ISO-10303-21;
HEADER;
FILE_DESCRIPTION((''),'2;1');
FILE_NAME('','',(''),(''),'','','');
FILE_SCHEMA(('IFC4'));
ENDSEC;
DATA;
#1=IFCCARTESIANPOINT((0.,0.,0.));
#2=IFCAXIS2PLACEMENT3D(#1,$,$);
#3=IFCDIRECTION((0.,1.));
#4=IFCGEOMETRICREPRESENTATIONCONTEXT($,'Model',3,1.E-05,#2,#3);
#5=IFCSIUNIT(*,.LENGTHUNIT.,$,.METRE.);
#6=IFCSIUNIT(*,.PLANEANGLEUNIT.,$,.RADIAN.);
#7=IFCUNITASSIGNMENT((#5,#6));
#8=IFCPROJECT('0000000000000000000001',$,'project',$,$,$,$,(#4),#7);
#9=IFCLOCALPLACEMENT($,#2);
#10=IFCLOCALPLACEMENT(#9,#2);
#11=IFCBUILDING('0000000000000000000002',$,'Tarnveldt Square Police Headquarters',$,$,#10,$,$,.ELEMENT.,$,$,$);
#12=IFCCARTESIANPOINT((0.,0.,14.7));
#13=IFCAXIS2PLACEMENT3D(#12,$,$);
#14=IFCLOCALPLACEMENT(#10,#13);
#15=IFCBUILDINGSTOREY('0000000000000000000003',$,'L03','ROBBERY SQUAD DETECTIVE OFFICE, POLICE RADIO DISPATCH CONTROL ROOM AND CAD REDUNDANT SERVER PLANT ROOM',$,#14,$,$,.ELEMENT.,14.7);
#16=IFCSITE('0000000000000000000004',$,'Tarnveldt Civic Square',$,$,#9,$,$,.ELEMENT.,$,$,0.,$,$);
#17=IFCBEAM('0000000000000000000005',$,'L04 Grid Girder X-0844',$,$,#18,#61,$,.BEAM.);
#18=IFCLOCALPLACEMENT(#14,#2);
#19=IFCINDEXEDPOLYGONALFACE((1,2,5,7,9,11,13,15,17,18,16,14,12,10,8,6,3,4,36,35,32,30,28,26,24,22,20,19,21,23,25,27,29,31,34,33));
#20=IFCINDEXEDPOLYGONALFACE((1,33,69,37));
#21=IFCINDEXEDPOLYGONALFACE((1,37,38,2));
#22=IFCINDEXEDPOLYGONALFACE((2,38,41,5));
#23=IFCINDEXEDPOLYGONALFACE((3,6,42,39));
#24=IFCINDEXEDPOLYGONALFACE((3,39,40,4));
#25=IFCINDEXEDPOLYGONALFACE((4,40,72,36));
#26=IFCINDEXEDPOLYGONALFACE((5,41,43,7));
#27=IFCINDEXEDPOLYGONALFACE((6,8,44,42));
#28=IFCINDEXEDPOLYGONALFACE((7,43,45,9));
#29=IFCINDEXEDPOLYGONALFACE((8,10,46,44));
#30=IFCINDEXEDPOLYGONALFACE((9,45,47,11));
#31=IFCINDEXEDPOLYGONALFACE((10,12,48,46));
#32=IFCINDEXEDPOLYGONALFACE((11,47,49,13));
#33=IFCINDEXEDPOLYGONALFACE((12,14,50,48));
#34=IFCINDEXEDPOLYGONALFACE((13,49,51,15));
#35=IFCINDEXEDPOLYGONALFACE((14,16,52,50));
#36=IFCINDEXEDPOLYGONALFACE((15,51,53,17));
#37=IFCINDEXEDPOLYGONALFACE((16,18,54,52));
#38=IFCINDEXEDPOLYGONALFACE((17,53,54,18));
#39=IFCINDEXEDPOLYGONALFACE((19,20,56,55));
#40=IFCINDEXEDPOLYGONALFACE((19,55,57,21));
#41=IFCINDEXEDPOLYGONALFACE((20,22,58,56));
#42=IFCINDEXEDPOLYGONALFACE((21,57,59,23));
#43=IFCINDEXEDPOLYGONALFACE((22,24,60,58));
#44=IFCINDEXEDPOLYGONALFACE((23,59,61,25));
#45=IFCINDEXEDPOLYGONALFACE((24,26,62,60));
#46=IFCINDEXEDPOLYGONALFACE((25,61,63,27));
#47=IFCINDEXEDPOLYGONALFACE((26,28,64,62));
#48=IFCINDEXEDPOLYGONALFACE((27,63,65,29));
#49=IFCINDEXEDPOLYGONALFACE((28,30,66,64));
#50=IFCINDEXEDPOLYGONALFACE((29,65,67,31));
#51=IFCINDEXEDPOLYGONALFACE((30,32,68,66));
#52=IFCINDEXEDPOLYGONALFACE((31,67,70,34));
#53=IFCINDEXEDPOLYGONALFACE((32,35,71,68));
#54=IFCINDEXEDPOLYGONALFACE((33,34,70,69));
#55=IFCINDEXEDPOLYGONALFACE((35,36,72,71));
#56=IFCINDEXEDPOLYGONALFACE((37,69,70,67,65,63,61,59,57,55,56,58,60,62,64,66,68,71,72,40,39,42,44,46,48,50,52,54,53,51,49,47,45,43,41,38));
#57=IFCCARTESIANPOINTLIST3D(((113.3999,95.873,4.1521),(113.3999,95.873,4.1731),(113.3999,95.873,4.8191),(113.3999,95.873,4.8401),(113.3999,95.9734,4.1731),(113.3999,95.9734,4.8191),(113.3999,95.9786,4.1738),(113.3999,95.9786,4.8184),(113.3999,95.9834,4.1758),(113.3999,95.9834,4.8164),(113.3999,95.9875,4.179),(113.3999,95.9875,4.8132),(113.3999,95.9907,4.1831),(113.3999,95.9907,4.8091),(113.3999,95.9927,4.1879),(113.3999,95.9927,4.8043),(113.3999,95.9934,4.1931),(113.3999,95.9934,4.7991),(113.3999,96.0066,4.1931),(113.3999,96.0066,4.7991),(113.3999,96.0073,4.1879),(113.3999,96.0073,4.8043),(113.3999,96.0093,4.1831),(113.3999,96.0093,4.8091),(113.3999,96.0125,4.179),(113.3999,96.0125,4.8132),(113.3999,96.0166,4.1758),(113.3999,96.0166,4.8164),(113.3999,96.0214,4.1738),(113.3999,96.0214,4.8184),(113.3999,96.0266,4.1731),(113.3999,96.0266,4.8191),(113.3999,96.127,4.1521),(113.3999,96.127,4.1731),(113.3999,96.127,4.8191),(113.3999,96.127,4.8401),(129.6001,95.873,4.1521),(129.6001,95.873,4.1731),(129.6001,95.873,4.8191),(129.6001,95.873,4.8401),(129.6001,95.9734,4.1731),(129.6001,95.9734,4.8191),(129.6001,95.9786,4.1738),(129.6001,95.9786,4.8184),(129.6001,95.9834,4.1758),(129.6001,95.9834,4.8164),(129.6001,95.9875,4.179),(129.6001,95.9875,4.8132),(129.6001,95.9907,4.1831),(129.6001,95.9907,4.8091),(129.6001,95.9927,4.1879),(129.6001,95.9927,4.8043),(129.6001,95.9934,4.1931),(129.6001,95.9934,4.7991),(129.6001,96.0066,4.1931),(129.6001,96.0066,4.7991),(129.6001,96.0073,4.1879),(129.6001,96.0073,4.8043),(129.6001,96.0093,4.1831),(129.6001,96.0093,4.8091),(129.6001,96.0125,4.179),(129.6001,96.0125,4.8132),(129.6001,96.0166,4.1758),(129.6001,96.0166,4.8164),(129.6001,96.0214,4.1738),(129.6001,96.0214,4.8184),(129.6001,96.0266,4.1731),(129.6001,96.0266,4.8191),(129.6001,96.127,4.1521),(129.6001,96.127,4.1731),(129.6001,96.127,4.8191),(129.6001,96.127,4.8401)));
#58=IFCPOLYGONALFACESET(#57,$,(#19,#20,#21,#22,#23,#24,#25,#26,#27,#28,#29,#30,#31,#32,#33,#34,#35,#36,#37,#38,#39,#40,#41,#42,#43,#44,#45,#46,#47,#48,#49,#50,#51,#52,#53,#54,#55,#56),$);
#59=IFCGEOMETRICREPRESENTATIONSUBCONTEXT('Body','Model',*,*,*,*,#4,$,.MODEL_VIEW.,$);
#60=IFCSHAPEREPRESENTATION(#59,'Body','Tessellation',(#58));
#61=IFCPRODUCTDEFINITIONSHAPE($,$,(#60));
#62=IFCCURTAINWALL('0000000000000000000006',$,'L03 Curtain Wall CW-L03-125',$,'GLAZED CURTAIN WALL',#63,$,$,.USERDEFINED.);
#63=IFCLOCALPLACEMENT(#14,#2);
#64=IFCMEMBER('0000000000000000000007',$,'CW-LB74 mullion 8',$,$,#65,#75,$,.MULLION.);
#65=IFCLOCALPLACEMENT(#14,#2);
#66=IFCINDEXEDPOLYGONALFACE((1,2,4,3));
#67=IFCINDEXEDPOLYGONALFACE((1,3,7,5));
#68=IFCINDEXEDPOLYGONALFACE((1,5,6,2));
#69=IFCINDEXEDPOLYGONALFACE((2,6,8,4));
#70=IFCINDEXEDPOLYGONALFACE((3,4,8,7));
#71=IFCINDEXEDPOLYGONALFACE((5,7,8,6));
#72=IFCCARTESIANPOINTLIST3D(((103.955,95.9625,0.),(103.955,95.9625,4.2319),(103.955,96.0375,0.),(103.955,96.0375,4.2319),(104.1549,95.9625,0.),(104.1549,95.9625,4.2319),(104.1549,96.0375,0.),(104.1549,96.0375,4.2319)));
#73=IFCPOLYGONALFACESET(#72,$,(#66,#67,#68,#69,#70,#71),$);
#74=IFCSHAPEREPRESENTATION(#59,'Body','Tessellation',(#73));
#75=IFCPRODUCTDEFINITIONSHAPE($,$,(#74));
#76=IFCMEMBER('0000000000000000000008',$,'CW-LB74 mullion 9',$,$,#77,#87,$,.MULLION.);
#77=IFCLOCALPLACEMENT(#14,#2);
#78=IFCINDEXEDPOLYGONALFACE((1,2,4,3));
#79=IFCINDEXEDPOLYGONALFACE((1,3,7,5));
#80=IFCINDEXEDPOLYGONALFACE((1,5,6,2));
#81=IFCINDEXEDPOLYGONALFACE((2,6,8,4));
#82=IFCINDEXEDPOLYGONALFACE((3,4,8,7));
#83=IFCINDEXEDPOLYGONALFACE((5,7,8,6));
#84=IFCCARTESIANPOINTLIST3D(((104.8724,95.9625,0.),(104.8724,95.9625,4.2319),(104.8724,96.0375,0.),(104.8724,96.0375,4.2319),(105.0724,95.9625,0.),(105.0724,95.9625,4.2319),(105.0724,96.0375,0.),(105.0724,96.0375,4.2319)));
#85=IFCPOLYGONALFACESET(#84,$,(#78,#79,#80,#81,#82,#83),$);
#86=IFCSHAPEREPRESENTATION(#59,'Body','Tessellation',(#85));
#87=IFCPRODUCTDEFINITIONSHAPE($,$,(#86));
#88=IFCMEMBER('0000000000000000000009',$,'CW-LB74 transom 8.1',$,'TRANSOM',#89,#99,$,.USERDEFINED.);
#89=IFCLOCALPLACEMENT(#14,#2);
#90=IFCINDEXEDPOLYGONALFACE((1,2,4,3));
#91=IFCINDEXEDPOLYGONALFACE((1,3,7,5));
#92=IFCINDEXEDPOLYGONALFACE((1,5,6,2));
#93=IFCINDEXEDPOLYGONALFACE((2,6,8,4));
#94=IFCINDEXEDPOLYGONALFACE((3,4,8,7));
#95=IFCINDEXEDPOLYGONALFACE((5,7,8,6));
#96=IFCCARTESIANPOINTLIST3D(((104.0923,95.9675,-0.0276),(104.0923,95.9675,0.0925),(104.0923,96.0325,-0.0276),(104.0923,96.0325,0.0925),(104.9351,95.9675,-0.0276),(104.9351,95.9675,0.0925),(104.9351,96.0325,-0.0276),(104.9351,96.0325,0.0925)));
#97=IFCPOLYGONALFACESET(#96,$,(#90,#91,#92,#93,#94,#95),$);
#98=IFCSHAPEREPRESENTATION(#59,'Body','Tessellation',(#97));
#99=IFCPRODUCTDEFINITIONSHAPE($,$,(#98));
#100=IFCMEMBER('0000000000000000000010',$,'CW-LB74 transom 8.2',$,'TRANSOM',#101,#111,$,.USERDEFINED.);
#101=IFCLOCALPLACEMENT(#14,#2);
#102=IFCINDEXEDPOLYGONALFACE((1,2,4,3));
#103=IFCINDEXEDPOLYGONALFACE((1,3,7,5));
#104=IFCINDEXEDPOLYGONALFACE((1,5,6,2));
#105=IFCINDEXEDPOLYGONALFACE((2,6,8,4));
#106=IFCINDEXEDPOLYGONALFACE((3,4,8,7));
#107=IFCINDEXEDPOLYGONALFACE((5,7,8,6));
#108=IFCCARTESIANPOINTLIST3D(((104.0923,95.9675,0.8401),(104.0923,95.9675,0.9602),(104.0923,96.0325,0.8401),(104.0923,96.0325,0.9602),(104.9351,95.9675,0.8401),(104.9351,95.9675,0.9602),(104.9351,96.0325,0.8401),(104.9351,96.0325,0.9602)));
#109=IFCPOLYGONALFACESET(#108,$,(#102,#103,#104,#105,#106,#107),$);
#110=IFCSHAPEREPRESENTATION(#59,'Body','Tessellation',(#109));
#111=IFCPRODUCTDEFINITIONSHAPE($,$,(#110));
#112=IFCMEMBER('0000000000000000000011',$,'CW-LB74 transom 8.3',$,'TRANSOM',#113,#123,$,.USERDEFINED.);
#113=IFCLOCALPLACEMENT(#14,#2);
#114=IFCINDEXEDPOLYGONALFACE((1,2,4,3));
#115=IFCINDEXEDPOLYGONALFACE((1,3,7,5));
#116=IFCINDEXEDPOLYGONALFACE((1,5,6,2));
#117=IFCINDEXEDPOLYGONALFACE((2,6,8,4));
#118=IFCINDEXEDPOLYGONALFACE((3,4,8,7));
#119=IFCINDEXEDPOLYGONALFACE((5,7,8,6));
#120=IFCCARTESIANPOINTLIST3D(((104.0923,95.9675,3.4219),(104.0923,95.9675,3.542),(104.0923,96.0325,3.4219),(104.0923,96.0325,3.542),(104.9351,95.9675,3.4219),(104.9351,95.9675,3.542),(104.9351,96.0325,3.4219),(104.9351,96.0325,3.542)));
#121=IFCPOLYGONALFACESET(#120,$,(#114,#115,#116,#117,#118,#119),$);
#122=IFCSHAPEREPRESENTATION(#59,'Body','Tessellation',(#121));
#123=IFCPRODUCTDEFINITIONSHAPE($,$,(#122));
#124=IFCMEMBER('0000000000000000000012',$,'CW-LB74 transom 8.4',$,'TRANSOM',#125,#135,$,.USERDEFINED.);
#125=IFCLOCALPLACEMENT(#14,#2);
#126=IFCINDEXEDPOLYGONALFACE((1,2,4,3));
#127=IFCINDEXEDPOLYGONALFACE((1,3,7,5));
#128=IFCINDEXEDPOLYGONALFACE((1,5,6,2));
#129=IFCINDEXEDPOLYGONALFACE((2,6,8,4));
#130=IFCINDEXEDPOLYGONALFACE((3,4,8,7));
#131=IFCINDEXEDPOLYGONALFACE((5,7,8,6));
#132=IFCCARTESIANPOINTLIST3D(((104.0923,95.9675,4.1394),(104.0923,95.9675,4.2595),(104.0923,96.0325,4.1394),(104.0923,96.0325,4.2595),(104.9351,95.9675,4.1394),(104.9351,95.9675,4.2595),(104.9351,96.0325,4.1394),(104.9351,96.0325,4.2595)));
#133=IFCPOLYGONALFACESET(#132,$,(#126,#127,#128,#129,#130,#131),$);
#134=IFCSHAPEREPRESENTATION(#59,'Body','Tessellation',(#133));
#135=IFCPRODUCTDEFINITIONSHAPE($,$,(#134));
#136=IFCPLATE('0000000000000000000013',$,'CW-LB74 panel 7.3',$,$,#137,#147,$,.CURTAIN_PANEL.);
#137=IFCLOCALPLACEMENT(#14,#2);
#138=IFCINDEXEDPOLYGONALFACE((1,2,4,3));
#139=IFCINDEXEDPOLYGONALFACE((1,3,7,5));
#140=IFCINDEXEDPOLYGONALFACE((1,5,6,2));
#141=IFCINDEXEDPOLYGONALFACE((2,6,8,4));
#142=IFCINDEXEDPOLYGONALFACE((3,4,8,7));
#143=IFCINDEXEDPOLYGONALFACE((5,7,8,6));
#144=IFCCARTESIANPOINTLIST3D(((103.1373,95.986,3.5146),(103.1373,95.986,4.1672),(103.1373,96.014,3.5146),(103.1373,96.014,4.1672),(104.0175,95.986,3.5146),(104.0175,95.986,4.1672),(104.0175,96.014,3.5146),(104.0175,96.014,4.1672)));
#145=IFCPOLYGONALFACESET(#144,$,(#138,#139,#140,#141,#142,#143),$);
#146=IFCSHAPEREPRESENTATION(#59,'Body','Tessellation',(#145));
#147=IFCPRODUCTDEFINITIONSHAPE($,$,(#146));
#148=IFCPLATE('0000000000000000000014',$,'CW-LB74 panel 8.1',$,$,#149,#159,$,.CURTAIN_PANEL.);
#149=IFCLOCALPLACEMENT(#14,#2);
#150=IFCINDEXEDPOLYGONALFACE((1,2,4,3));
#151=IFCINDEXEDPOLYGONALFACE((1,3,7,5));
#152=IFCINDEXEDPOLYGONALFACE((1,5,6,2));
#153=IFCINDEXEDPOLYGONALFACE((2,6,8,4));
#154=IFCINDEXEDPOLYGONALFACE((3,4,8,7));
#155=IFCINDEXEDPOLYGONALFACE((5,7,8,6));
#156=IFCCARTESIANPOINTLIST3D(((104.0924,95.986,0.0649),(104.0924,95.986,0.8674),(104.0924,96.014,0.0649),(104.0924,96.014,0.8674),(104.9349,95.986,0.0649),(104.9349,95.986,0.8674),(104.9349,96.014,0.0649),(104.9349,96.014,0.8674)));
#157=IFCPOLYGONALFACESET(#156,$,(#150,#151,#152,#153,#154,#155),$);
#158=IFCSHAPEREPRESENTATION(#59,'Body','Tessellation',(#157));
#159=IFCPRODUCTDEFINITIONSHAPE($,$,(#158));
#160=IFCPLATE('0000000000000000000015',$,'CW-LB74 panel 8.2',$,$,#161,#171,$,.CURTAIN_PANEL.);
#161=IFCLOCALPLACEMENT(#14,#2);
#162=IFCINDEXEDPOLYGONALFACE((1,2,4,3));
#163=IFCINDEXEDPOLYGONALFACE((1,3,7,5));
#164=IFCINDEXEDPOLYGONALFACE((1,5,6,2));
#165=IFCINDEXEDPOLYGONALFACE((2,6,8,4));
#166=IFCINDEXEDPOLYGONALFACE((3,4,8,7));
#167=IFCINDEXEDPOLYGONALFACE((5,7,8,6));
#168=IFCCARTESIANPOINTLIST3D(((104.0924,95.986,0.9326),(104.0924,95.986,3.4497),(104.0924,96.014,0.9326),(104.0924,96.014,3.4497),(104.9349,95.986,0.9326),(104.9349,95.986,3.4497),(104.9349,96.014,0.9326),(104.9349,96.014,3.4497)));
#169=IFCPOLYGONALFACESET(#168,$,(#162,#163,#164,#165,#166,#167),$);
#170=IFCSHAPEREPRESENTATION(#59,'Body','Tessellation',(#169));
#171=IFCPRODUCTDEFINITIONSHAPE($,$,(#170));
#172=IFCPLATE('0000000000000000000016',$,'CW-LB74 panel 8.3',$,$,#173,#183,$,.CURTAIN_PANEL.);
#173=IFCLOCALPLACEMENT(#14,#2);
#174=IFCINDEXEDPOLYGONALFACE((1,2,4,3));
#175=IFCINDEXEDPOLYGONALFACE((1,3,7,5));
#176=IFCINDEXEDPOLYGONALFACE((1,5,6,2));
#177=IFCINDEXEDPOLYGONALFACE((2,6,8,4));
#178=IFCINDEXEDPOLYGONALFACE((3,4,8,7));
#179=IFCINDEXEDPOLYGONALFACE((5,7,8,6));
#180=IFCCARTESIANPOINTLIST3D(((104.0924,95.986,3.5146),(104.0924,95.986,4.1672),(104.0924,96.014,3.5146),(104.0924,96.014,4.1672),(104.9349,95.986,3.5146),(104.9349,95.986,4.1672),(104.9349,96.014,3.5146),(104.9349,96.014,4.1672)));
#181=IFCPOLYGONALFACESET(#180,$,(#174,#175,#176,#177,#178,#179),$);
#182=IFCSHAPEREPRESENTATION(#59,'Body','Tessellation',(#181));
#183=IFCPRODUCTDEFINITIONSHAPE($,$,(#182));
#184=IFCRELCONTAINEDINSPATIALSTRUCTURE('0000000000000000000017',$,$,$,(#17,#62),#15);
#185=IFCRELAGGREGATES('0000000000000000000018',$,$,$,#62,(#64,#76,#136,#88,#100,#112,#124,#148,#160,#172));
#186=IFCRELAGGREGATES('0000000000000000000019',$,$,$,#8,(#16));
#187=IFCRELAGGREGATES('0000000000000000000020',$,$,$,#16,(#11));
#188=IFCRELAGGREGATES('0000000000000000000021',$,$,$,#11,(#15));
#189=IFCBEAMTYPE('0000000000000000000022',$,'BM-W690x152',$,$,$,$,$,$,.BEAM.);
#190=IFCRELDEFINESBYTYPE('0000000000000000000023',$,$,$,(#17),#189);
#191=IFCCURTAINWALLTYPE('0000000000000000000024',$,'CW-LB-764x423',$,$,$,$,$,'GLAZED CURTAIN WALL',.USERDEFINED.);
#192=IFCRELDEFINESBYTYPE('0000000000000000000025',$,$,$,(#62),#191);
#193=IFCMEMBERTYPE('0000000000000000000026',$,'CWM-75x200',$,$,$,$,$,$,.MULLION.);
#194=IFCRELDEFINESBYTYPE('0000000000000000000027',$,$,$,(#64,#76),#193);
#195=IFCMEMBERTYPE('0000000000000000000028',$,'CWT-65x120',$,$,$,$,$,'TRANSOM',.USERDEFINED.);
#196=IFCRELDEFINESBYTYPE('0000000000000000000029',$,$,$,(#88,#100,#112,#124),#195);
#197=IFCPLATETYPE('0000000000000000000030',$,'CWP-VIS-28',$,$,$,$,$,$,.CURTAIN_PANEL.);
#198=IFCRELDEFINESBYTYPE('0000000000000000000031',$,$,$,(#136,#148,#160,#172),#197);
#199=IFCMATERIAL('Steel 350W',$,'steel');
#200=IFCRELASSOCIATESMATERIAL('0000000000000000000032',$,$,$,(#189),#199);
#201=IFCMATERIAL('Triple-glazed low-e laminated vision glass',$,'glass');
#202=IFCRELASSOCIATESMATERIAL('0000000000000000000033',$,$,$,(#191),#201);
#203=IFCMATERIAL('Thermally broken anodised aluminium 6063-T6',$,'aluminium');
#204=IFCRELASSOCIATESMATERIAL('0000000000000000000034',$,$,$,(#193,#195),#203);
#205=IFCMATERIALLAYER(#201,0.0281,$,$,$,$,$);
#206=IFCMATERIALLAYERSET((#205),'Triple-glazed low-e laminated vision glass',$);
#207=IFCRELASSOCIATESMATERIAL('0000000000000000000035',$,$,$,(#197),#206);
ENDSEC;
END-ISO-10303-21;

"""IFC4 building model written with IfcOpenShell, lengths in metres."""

from ifc_helpers import new_model, si_unit, direction, frame, origin, origin_2d, place, context, subcontext, project, spatial, rectangle, i_section, extrude, material, layer, layer_set, material_profile, profile_set, type_object, element, aggregate, save


model = new_model("IFC4")

# Units and contexts
model_context = context("Model", 3, precision=1e-05, world=origin(), true_north=direction((0.0, 1.0)))
body_context = subcontext(model_context, "Body", "Model", "MODEL_VIEW")
ifc_project = project(units=[si_unit("LENGTHUNIT", "METRE"), si_unit("PLANEANGLEUNIT", "RADIAN")], contexts=[model_context])

# Site, building, storey
site_placement = place(None, origin())
site = spatial("IfcSite", under=ifc_project, at=site_placement, Name="Tarnveldt Civic Square", CompositionType="ELEMENT", RefElevation=0.0)
building_placement = place(site_placement, origin())
building = spatial("IfcBuilding", under=site, at=building_placement, Name="Tarnveldt Square Police Headquarters", CompositionType="ELEMENT")
storey_placement = place(building_placement, frame((0.0, 0.0, 14.7)))
storey = spatial("IfcBuildingStorey", under=building, at=storey_placement, Name="L03", Description="ROBBERY SQUAD DETECTIVE OFFICE, POLICE RADIO DISPATCH CONTROL ROOM AND CAD REDUNDANT SERVER PLANT ROOM", CompositionType="ELEMENT", Elevation=14.7)

# Shared definitions
ifc_material_1 = material(Name="Steel 350W", Category="steel")

# Beam
ifc_material_profile_1 = material_profile(ifc_material_1, i_section(OverallWidth=0.2539, OverallDepth=0.688, WebThickness=0.0132, FlangeThickness=0.021, FilletRadius=0.02, at=origin_2d()), Name="W690x152")
ifc_profile_set_1 = profile_set([ifc_material_profile_1], Name="Steel 350W")
beam_type_1 = type_object("IfcBeamType", Name="BM-W690x152", PredefinedType="BEAM", material=ifc_profile_set_1)
beam_1_placement = place(storey_placement, frame((113.3999, 96.0, 4.4961), z_axis=(1.0, 0.0, 0.0), x_axis=(0.0, 1.0, 0.0)))
element("IfcBeam", 1, at=beam_1_placement, inside=storey, type_object=beam_type_1, Name="L04 Grid Girder X-0844", PredefinedType="BEAM", context=body_context, shape_type="SweptSolid", body=[
    extrude(i_section(OverallWidth=0.2539, OverallDepth=0.688, WebThickness=0.0132, FlangeThickness=0.021, FilletRadius=0.02, at=origin_2d()), origin(), (0.0, 0.0, 1.0), 16.2002),
])

# Curtain wall, members, plates
ifc_material_2 = material(Name="Triple-glazed low-e laminated vision glass", Category="glass")
curtain_wall_type = type_object("IfcCurtainWallType", Name="CW-LB-764x423", ElementType="GLAZED CURTAIN WALL", PredefinedType="USERDEFINED", material=ifc_material_2)
curtain_wall_placement = place(storey_placement, origin())
curtain_wall = element("IfcCurtainWall", 2, at=curtain_wall_placement, inside=storey, type_object=curtain_wall_type, Name="L03 Curtain Wall CW-L03-125", ObjectType="GLAZED CURTAIN WALL", PredefinedType="USERDEFINED")
ifc_material_3 = material(Name="Thermally broken anodised aluminium 6063-T6", Category="aluminium")
ifc_material_profile_2 = material_profile(ifc_material_3, rectangle(XDim=0.075, YDim=0.2, at=origin_2d()), Name="CW-M75x200")
ifc_profile_set_2 = profile_set([ifc_material_profile_2], Name="Thermally broken anodised aluminium 6063-T6")
member_type_1 = type_object("IfcMemberType", Name="CWM-75x200", PredefinedType="MULLION", material=ifc_profile_set_2)
member_1_placement = place(storey_placement, frame((104.0549, 96.0, 0.0), z_axis=(0.0, 0.0, 1.0), x_axis=(0.0, 1.0, 0.0)))
member_1 = element("IfcMember", 3, at=member_1_placement, type_object=member_type_1, Name="CW-LB74 mullion 8", PredefinedType="MULLION", context=body_context, shape_type="SweptSolid", body=[
    extrude(rectangle(XDim=0.075, YDim=0.2, at=origin_2d()), origin(), (0.0, 0.0, 1.0), 4.2319),
])
member_2_placement = place(storey_placement, frame((104.9724, 96.0, 0.0), z_axis=(0.0, 0.0, 1.0), x_axis=(0.0, 1.0, 0.0)))
member_2 = element("IfcMember", 4, at=member_2_placement, type_object=member_type_1, Name="CW-LB74 mullion 9", PredefinedType="MULLION", context=body_context, shape_type="SweptSolid", body=[
    extrude(rectangle(XDim=0.075, YDim=0.2, at=origin_2d()), origin(), (0.0, 0.0, 1.0), 4.2319),
])
ifc_material_profile_3 = material_profile(ifc_material_3, rectangle(XDim=0.0649, YDim=0.1201, at=origin_2d()), Name="CW-T65x120")
ifc_profile_set_3 = profile_set([ifc_material_profile_3], Name="Thermally broken anodised aluminium 6063-T6")
member_type_2 = type_object("IfcMemberType", Name="CWT-65x120", ElementType="TRANSOM", PredefinedType="USERDEFINED", material=ifc_profile_set_3)
member_3_placement = place(storey_placement, frame((104.0923, 96.0, 0.0325), z_axis=(1.0, 0.0, 0.0), x_axis=(0.0, 1.0, 0.0)))
member_3 = element("IfcMember", 5, at=member_3_placement, type_object=member_type_2, Name="CW-LB74 transom 8.1", ObjectType="TRANSOM", PredefinedType="USERDEFINED", context=body_context, shape_type="SweptSolid", body=[
    extrude(rectangle(XDim=0.0649, YDim=0.1201, at=origin_2d()), origin(), (0.0, 0.0, 1.0), 0.8428),
])
member_4_placement = place(storey_placement, frame((104.0923, 96.0, 0.9001), z_axis=(1.0, 0.0, 0.0), x_axis=(0.0, 1.0, 0.0)))
member_4 = element("IfcMember", 6, at=member_4_placement, type_object=member_type_2, Name="CW-LB74 transom 8.2", ObjectType="TRANSOM", PredefinedType="USERDEFINED", context=body_context, shape_type="SweptSolid", body=[
    extrude(rectangle(XDim=0.0649, YDim=0.1201, at=origin_2d()), origin(), (0.0, 0.0, 1.0), 0.8428),
])
member_5_placement = place(storey_placement, frame((104.0923, 96.0, 3.4819), z_axis=(1.0, 0.0, 0.0), x_axis=(0.0, 1.0, 0.0)))
member_5 = element("IfcMember", 7, at=member_5_placement, type_object=member_type_2, Name="CW-LB74 transom 8.3", ObjectType="TRANSOM", PredefinedType="USERDEFINED", context=body_context, shape_type="SweptSolid", body=[
    extrude(rectangle(XDim=0.0649, YDim=0.1201, at=origin_2d()), origin(), (0.0, 0.0, 1.0), 0.8428),
])
member_6_placement = place(storey_placement, frame((104.0923, 96.0, 4.1995), z_axis=(1.0, 0.0, 0.0), x_axis=(0.0, 1.0, 0.0)))
member_6 = element("IfcMember", 8, at=member_6_placement, type_object=member_type_2, Name="CW-LB74 transom 8.4", ObjectType="TRANSOM", PredefinedType="USERDEFINED", context=body_context, shape_type="SweptSolid", body=[
    extrude(rectangle(XDim=0.0649, YDim=0.1201, at=origin_2d()), origin(), (0.0, 0.0, 1.0), 0.8428),
])
ifc_layer_1 = layer(ifc_material_2, 0.0281)
ifc_layer_set_1 = layer_set([ifc_layer_1], Name="Triple-glazed low-e laminated vision glass")
plate_type = type_object("IfcPlateType", Name="CWP-VIS-28", PredefinedType="CURTAIN_PANEL", material=ifc_layer_set_1)
plate_1_placement = place(storey_placement, frame((103.5774, 96.0, 3.5146), z_axis=(0.0, 0.0, 1.0), x_axis=(1.0, 0.0, 0.0)))
plate_1 = element("IfcPlate", 9, at=plate_1_placement, type_object=plate_type, Name="CW-LB74 panel 7.3", PredefinedType="CURTAIN_PANEL", context=body_context, shape_type="SweptSolid", body=[
    extrude(rectangle(XDim=0.8801, YDim=0.0281, at=origin_2d()), origin(), (0.0, 0.0, 1.0), 0.6526),
])
plate_2_placement = place(storey_placement, frame((104.5137, 96.0, 0.0649), z_axis=(0.0, 0.0, 1.0), x_axis=(1.0, 0.0, 0.0)))
plate_2 = element("IfcPlate", 10, at=plate_2_placement, type_object=plate_type, Name="CW-LB74 panel 8.1", PredefinedType="CURTAIN_PANEL", context=body_context, shape_type="SweptSolid", body=[
    extrude(rectangle(XDim=0.8425, YDim=0.0281, at=origin_2d()), origin(), (0.0, 0.0, 1.0), 0.8025),
])
plate_3_placement = place(storey_placement, frame((104.5137, 96.0, 0.9326), z_axis=(0.0, 0.0, 1.0), x_axis=(1.0, 0.0, 0.0)))
plate_3 = element("IfcPlate", 11, at=plate_3_placement, type_object=plate_type, Name="CW-LB74 panel 8.2", PredefinedType="CURTAIN_PANEL", context=body_context, shape_type="SweptSolid", body=[
    extrude(rectangle(XDim=0.8425, YDim=0.0281, at=origin_2d()), origin(), (0.0, 0.0, 1.0), 2.5171),
])
plate_4_placement = place(storey_placement, frame((104.5137, 96.0, 3.5146), z_axis=(0.0, 0.0, 1.0), x_axis=(1.0, 0.0, 0.0)))
plate_4 = element("IfcPlate", 12, at=plate_4_placement, type_object=plate_type, Name="CW-LB74 panel 8.3", PredefinedType="CURTAIN_PANEL", context=body_context, shape_type="SweptSolid", body=[
    extrude(rectangle(XDim=0.8425, YDim=0.0281, at=origin_2d()), origin(), (0.0, 0.0, 1.0), 0.6526),
])
aggregate(curtain_wall, [member_1, member_2, plate_1, member_3, member_4, member_5, member_6, plate_2, plate_3, plate_4])

save(model, "model.ifc")
